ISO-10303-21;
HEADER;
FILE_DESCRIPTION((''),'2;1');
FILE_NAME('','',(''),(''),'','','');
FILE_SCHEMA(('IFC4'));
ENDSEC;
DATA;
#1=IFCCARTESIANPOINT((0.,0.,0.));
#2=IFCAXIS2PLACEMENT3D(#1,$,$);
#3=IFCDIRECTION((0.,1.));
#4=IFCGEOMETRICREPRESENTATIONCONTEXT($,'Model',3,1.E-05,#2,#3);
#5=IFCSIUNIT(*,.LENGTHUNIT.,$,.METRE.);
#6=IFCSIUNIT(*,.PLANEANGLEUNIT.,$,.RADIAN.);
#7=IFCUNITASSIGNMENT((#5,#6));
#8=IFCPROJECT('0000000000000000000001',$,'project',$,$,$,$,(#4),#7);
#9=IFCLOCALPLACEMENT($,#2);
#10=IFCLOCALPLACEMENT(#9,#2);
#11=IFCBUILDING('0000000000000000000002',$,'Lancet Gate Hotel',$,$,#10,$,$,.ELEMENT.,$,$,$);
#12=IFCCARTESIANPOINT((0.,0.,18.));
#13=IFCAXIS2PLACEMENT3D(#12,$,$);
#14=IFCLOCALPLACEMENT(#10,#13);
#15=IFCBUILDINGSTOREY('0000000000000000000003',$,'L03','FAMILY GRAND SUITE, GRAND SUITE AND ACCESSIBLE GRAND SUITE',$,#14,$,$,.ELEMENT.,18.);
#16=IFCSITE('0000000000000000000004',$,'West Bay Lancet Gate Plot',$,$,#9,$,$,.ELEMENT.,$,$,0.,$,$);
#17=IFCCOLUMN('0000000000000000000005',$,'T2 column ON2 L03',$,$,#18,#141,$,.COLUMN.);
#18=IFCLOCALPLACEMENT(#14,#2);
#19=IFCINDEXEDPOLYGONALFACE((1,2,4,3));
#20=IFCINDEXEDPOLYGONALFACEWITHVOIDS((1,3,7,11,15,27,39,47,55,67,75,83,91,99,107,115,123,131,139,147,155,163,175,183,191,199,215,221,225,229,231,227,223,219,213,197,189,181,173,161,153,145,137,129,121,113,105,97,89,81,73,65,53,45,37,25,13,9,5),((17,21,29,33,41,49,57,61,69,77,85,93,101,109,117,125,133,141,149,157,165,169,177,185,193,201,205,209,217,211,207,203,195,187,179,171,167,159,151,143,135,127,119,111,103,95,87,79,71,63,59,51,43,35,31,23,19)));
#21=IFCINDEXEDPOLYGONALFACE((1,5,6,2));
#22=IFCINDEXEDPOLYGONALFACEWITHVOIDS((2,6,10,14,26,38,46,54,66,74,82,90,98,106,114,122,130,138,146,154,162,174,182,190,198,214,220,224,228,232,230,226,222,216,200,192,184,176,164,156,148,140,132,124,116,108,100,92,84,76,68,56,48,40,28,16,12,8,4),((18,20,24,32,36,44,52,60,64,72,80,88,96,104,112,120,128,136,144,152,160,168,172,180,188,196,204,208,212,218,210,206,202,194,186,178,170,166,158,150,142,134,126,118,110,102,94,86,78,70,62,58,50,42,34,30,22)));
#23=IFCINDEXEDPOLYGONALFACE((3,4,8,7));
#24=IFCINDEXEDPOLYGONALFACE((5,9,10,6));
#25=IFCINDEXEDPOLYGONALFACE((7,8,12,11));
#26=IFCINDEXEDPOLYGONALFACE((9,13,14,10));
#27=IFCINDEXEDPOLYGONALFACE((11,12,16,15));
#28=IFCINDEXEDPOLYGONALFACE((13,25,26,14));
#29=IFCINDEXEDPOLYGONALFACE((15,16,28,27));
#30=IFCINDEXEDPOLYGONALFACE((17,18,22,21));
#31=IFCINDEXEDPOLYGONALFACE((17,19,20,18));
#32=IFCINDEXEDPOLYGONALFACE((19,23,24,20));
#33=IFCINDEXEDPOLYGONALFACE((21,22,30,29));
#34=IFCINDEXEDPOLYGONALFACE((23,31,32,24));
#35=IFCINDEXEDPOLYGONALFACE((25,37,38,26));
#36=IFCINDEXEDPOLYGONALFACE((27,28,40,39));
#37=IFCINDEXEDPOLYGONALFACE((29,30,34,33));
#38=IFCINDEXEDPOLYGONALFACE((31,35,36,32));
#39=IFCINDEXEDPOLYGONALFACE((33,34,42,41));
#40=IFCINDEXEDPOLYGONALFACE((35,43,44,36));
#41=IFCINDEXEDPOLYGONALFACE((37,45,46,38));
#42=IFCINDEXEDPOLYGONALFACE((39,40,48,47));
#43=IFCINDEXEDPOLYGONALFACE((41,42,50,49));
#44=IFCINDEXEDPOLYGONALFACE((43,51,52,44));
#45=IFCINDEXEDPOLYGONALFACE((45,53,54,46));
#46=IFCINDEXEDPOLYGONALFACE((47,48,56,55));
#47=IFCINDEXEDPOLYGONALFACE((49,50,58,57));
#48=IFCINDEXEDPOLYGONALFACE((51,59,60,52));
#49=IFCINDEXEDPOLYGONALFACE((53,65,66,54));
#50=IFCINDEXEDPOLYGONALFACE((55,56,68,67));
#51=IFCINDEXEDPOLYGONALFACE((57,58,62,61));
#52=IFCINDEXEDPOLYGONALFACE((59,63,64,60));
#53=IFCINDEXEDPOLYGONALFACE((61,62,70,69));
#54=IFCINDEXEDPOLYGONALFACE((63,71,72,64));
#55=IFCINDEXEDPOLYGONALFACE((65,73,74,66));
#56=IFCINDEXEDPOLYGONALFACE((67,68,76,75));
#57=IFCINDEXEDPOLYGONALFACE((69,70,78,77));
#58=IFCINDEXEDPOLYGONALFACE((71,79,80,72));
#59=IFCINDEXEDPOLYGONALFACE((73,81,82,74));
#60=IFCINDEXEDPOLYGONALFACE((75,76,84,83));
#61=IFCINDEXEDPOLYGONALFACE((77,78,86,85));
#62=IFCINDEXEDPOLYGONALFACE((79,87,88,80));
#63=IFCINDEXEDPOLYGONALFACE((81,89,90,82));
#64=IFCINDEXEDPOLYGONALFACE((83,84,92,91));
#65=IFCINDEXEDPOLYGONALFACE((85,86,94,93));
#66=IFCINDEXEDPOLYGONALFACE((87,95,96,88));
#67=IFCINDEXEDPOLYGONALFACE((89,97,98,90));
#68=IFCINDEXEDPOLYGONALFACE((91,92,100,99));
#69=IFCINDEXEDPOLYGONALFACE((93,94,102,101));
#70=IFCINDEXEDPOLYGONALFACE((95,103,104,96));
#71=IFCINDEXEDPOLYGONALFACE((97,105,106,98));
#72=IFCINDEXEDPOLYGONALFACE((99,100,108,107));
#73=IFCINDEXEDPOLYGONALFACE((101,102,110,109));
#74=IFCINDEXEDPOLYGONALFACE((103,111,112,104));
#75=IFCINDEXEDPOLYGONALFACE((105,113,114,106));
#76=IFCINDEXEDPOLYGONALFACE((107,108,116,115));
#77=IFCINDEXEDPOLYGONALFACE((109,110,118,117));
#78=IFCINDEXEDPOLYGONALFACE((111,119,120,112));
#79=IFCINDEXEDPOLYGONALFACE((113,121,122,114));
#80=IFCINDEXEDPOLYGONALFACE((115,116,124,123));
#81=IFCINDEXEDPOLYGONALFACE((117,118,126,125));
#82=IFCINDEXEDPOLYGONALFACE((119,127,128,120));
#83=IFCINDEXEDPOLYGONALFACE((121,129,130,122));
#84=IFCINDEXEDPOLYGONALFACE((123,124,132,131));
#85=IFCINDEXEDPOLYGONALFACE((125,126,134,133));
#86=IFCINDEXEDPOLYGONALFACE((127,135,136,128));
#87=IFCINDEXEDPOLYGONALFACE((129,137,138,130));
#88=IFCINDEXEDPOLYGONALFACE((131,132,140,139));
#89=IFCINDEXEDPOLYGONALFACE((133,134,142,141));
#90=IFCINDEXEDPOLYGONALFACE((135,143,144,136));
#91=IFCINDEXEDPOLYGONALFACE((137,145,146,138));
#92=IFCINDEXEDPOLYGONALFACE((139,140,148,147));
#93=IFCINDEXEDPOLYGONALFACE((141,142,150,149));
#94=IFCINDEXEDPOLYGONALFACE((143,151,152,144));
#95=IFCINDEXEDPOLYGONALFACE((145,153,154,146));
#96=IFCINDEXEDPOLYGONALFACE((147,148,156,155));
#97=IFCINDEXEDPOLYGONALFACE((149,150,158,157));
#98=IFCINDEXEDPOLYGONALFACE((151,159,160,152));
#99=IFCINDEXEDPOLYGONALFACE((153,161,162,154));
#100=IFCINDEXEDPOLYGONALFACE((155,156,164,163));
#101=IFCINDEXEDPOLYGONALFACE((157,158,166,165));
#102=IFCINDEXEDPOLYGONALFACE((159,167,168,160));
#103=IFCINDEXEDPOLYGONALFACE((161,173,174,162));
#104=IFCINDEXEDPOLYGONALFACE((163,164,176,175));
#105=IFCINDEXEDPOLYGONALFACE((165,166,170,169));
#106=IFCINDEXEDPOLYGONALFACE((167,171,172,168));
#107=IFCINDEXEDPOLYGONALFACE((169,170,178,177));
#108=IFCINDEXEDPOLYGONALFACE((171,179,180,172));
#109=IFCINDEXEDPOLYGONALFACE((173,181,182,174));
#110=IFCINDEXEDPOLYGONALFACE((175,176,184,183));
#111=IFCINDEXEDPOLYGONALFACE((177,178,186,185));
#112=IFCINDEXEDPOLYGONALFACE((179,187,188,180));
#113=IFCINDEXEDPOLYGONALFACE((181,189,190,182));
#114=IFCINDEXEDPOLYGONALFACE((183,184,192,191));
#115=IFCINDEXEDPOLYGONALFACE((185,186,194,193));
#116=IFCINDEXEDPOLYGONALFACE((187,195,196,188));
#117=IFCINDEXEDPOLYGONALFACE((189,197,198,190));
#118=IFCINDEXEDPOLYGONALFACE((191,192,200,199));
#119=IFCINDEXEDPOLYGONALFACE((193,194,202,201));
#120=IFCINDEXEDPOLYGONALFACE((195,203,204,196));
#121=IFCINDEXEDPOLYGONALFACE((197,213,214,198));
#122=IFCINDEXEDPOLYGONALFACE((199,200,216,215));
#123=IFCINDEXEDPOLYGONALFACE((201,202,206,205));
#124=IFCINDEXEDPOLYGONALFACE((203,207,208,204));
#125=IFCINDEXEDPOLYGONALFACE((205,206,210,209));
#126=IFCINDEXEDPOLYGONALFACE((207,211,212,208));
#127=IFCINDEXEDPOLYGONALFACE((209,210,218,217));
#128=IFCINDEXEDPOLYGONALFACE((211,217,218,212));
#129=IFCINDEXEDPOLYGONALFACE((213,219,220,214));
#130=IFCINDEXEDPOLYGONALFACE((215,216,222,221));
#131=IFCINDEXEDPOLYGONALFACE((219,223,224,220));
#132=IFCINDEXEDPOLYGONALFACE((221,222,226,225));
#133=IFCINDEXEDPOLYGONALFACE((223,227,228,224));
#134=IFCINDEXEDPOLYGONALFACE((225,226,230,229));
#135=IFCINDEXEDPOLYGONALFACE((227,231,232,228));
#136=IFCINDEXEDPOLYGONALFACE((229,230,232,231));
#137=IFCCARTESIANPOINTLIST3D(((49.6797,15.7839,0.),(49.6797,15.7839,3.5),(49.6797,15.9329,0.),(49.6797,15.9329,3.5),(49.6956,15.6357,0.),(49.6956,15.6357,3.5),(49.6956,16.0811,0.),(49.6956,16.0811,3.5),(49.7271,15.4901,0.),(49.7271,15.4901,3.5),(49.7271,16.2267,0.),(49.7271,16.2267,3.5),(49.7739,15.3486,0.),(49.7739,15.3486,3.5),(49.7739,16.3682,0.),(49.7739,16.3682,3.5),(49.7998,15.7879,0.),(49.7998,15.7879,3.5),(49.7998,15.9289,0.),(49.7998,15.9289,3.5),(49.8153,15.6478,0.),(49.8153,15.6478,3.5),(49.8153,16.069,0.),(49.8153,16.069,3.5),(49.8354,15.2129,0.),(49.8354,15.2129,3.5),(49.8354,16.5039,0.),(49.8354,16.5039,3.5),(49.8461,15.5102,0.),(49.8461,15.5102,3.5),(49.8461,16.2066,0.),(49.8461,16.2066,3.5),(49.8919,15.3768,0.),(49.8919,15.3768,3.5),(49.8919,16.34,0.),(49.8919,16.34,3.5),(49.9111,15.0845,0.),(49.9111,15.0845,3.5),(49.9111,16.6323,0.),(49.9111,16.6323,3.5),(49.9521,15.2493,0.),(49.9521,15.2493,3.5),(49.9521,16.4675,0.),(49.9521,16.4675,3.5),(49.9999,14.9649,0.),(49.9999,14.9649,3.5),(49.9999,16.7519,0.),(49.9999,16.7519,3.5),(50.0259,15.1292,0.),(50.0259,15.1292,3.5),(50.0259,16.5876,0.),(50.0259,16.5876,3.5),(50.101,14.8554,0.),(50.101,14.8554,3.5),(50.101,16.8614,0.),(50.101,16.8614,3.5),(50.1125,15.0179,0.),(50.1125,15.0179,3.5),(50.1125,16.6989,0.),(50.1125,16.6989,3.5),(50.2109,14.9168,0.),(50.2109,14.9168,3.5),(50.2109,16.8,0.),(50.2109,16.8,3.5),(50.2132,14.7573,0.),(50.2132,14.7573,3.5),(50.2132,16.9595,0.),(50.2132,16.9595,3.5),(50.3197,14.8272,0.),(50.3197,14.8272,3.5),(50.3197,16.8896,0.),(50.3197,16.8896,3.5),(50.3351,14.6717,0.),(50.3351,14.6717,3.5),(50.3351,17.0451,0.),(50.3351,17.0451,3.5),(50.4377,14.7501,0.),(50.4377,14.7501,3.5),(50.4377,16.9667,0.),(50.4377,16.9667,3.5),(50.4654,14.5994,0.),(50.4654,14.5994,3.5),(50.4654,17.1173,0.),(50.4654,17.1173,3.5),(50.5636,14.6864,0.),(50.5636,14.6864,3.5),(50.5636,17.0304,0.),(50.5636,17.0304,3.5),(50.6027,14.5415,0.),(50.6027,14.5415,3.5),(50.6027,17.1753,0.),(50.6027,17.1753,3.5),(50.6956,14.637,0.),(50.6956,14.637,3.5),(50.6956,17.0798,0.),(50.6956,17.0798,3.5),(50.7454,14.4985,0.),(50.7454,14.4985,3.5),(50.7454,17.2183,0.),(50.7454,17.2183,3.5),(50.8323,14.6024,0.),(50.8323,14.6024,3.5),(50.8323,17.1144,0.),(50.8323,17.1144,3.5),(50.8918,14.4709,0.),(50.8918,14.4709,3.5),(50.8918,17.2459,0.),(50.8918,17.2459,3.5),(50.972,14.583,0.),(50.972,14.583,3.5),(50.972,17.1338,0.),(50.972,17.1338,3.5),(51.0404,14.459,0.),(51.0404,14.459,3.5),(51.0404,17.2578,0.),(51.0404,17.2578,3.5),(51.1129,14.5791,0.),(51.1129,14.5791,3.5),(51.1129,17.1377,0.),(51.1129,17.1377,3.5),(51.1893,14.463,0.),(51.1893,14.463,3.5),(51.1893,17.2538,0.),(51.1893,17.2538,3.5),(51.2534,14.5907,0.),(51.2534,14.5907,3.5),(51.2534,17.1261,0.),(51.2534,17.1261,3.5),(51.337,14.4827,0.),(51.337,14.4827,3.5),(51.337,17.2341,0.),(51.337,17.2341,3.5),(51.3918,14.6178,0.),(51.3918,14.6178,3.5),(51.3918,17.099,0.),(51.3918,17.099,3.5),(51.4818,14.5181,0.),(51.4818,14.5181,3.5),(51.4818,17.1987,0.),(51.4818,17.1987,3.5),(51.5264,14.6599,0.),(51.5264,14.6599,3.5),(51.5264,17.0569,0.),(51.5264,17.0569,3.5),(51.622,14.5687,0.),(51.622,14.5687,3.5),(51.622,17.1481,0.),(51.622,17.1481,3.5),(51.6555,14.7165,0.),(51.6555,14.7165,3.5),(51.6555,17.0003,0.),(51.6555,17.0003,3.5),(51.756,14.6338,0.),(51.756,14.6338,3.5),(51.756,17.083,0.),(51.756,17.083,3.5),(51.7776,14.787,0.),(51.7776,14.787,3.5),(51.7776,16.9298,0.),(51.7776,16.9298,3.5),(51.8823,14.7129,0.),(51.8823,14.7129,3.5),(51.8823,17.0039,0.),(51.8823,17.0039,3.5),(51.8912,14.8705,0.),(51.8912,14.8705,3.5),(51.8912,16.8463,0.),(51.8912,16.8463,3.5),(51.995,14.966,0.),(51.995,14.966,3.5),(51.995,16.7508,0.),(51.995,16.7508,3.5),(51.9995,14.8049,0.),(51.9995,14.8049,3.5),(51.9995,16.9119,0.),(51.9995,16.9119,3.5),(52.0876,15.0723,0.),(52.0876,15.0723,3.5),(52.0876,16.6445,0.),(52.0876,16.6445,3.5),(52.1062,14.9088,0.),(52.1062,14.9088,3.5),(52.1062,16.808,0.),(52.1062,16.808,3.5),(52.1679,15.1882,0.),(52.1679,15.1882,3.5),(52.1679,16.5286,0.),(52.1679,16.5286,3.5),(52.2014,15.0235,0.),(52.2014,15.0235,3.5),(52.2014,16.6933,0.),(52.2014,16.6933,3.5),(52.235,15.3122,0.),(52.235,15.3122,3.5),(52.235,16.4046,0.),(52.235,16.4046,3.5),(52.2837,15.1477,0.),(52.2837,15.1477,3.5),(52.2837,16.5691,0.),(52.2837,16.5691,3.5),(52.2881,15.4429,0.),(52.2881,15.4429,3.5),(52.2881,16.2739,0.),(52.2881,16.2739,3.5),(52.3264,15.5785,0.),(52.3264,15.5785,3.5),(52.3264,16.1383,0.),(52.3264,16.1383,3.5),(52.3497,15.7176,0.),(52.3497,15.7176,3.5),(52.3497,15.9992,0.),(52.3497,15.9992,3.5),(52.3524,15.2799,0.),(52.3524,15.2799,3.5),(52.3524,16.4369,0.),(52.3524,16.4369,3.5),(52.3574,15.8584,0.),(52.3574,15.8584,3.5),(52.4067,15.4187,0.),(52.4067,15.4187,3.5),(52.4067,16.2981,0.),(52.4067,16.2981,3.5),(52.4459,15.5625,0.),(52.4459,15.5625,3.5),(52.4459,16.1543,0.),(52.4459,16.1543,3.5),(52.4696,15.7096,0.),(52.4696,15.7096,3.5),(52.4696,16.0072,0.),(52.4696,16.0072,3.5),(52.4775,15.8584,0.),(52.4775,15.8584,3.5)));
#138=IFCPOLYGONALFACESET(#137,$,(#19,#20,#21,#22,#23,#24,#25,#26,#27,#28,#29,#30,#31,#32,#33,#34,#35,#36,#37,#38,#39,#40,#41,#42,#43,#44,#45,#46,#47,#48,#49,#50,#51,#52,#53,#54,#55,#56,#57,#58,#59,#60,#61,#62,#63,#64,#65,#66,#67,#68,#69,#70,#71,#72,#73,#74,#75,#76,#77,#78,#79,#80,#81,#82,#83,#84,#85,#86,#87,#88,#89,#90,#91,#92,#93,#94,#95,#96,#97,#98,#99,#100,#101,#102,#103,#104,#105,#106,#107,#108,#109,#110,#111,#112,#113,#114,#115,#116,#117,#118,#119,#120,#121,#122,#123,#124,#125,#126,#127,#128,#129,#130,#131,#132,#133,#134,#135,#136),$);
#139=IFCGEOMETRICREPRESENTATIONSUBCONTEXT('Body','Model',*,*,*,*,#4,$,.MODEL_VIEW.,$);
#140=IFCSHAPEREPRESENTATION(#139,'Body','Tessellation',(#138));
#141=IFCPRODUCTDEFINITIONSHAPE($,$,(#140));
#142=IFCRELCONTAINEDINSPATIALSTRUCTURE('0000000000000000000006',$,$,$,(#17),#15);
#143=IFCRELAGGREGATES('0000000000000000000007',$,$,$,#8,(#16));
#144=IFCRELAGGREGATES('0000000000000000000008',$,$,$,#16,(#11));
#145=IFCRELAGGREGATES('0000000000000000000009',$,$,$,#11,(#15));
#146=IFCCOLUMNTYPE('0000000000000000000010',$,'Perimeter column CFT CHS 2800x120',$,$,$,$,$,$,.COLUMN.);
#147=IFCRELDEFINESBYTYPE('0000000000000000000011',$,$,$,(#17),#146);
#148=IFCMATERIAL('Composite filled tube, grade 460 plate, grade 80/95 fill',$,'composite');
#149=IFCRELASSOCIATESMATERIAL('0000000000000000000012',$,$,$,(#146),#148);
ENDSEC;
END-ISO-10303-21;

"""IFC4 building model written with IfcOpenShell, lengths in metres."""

from ifc_helpers import new_model, si_unit, direction, frame, origin, origin_2d, place, context, subcontext, project, spatial, hollow_circle, extrude, material, material_profile, profile_set, type_object, element, save


model = new_model("IFC4")

# Units and contexts
model_context = context("Model", 3, precision=1e-05, world=origin(), true_north=direction((0.0, 1.0)))
body_context = subcontext(model_context, "Body", "Model", "MODEL_VIEW")
ifc_project = project(units=[si_unit("LENGTHUNIT", "METRE"), si_unit("PLANEANGLEUNIT", "RADIAN")], contexts=[model_context])

# Site, building, storey
site_placement = place(None, origin())
site = spatial("IfcSite", under=ifc_project, at=site_placement, Name="West Bay Lancet Gate Plot", CompositionType="ELEMENT", RefElevation=0.0)
building_placement = place(site_placement, origin())
building = spatial("IfcBuilding", under=site, at=building_placement, Name="Lancet Gate Hotel", CompositionType="ELEMENT")
storey_placement = place(building_placement, frame((0.0, 0.0, 18.0)))
storey = spatial("IfcBuildingStorey", under=building, at=storey_placement, Name="L03", Description="FAMILY GRAND SUITE, GRAND SUITE AND ACCESSIBLE GRAND SUITE", CompositionType="ELEMENT", Elevation=18.0)

# Column
ifc_material_1 = material(Name="Composite filled tube, grade 460 plate, grade 80/95 fill", Category="composite")
ifc_material_profile_1 = material_profile(ifc_material_1, hollow_circle(Radius=1.3999, WallThickness=0.1201, at=origin_2d()), Name="CHS 2800x120")
ifc_profile_set_1 = profile_set([ifc_material_profile_1], Name="Composite filled tube, grade 460 plate, grade 80/95 fill")
column_type = type_object("IfcColumnType", Name="Perimeter column CFT CHS 2800x120", PredefinedType="COLUMN", material=ifc_profile_set_1)
for number, where, z_axis, x_axis, name in (
    (1, (51.0776, 15.8584, 0.0), (0.0, 0.0, 1.0), (1.0, 0.0, 0.0), "T2 column ON2 L03"),
):
    element("IfcColumn", number, at=place(storey_placement, frame(where, z_axis=z_axis, x_axis=x_axis)), inside=storey, type_object=column_type, Name=name, PredefinedType="COLUMN", context=body_context, shape_type="SweptSolid", body=[
        extrude(hollow_circle(Radius=1.3999, WallThickness=0.1201, at=origin_2d()), origin(), (0.0, 0.0, 1.0), 3.5),
    ])

save(model, "model.ifc")
